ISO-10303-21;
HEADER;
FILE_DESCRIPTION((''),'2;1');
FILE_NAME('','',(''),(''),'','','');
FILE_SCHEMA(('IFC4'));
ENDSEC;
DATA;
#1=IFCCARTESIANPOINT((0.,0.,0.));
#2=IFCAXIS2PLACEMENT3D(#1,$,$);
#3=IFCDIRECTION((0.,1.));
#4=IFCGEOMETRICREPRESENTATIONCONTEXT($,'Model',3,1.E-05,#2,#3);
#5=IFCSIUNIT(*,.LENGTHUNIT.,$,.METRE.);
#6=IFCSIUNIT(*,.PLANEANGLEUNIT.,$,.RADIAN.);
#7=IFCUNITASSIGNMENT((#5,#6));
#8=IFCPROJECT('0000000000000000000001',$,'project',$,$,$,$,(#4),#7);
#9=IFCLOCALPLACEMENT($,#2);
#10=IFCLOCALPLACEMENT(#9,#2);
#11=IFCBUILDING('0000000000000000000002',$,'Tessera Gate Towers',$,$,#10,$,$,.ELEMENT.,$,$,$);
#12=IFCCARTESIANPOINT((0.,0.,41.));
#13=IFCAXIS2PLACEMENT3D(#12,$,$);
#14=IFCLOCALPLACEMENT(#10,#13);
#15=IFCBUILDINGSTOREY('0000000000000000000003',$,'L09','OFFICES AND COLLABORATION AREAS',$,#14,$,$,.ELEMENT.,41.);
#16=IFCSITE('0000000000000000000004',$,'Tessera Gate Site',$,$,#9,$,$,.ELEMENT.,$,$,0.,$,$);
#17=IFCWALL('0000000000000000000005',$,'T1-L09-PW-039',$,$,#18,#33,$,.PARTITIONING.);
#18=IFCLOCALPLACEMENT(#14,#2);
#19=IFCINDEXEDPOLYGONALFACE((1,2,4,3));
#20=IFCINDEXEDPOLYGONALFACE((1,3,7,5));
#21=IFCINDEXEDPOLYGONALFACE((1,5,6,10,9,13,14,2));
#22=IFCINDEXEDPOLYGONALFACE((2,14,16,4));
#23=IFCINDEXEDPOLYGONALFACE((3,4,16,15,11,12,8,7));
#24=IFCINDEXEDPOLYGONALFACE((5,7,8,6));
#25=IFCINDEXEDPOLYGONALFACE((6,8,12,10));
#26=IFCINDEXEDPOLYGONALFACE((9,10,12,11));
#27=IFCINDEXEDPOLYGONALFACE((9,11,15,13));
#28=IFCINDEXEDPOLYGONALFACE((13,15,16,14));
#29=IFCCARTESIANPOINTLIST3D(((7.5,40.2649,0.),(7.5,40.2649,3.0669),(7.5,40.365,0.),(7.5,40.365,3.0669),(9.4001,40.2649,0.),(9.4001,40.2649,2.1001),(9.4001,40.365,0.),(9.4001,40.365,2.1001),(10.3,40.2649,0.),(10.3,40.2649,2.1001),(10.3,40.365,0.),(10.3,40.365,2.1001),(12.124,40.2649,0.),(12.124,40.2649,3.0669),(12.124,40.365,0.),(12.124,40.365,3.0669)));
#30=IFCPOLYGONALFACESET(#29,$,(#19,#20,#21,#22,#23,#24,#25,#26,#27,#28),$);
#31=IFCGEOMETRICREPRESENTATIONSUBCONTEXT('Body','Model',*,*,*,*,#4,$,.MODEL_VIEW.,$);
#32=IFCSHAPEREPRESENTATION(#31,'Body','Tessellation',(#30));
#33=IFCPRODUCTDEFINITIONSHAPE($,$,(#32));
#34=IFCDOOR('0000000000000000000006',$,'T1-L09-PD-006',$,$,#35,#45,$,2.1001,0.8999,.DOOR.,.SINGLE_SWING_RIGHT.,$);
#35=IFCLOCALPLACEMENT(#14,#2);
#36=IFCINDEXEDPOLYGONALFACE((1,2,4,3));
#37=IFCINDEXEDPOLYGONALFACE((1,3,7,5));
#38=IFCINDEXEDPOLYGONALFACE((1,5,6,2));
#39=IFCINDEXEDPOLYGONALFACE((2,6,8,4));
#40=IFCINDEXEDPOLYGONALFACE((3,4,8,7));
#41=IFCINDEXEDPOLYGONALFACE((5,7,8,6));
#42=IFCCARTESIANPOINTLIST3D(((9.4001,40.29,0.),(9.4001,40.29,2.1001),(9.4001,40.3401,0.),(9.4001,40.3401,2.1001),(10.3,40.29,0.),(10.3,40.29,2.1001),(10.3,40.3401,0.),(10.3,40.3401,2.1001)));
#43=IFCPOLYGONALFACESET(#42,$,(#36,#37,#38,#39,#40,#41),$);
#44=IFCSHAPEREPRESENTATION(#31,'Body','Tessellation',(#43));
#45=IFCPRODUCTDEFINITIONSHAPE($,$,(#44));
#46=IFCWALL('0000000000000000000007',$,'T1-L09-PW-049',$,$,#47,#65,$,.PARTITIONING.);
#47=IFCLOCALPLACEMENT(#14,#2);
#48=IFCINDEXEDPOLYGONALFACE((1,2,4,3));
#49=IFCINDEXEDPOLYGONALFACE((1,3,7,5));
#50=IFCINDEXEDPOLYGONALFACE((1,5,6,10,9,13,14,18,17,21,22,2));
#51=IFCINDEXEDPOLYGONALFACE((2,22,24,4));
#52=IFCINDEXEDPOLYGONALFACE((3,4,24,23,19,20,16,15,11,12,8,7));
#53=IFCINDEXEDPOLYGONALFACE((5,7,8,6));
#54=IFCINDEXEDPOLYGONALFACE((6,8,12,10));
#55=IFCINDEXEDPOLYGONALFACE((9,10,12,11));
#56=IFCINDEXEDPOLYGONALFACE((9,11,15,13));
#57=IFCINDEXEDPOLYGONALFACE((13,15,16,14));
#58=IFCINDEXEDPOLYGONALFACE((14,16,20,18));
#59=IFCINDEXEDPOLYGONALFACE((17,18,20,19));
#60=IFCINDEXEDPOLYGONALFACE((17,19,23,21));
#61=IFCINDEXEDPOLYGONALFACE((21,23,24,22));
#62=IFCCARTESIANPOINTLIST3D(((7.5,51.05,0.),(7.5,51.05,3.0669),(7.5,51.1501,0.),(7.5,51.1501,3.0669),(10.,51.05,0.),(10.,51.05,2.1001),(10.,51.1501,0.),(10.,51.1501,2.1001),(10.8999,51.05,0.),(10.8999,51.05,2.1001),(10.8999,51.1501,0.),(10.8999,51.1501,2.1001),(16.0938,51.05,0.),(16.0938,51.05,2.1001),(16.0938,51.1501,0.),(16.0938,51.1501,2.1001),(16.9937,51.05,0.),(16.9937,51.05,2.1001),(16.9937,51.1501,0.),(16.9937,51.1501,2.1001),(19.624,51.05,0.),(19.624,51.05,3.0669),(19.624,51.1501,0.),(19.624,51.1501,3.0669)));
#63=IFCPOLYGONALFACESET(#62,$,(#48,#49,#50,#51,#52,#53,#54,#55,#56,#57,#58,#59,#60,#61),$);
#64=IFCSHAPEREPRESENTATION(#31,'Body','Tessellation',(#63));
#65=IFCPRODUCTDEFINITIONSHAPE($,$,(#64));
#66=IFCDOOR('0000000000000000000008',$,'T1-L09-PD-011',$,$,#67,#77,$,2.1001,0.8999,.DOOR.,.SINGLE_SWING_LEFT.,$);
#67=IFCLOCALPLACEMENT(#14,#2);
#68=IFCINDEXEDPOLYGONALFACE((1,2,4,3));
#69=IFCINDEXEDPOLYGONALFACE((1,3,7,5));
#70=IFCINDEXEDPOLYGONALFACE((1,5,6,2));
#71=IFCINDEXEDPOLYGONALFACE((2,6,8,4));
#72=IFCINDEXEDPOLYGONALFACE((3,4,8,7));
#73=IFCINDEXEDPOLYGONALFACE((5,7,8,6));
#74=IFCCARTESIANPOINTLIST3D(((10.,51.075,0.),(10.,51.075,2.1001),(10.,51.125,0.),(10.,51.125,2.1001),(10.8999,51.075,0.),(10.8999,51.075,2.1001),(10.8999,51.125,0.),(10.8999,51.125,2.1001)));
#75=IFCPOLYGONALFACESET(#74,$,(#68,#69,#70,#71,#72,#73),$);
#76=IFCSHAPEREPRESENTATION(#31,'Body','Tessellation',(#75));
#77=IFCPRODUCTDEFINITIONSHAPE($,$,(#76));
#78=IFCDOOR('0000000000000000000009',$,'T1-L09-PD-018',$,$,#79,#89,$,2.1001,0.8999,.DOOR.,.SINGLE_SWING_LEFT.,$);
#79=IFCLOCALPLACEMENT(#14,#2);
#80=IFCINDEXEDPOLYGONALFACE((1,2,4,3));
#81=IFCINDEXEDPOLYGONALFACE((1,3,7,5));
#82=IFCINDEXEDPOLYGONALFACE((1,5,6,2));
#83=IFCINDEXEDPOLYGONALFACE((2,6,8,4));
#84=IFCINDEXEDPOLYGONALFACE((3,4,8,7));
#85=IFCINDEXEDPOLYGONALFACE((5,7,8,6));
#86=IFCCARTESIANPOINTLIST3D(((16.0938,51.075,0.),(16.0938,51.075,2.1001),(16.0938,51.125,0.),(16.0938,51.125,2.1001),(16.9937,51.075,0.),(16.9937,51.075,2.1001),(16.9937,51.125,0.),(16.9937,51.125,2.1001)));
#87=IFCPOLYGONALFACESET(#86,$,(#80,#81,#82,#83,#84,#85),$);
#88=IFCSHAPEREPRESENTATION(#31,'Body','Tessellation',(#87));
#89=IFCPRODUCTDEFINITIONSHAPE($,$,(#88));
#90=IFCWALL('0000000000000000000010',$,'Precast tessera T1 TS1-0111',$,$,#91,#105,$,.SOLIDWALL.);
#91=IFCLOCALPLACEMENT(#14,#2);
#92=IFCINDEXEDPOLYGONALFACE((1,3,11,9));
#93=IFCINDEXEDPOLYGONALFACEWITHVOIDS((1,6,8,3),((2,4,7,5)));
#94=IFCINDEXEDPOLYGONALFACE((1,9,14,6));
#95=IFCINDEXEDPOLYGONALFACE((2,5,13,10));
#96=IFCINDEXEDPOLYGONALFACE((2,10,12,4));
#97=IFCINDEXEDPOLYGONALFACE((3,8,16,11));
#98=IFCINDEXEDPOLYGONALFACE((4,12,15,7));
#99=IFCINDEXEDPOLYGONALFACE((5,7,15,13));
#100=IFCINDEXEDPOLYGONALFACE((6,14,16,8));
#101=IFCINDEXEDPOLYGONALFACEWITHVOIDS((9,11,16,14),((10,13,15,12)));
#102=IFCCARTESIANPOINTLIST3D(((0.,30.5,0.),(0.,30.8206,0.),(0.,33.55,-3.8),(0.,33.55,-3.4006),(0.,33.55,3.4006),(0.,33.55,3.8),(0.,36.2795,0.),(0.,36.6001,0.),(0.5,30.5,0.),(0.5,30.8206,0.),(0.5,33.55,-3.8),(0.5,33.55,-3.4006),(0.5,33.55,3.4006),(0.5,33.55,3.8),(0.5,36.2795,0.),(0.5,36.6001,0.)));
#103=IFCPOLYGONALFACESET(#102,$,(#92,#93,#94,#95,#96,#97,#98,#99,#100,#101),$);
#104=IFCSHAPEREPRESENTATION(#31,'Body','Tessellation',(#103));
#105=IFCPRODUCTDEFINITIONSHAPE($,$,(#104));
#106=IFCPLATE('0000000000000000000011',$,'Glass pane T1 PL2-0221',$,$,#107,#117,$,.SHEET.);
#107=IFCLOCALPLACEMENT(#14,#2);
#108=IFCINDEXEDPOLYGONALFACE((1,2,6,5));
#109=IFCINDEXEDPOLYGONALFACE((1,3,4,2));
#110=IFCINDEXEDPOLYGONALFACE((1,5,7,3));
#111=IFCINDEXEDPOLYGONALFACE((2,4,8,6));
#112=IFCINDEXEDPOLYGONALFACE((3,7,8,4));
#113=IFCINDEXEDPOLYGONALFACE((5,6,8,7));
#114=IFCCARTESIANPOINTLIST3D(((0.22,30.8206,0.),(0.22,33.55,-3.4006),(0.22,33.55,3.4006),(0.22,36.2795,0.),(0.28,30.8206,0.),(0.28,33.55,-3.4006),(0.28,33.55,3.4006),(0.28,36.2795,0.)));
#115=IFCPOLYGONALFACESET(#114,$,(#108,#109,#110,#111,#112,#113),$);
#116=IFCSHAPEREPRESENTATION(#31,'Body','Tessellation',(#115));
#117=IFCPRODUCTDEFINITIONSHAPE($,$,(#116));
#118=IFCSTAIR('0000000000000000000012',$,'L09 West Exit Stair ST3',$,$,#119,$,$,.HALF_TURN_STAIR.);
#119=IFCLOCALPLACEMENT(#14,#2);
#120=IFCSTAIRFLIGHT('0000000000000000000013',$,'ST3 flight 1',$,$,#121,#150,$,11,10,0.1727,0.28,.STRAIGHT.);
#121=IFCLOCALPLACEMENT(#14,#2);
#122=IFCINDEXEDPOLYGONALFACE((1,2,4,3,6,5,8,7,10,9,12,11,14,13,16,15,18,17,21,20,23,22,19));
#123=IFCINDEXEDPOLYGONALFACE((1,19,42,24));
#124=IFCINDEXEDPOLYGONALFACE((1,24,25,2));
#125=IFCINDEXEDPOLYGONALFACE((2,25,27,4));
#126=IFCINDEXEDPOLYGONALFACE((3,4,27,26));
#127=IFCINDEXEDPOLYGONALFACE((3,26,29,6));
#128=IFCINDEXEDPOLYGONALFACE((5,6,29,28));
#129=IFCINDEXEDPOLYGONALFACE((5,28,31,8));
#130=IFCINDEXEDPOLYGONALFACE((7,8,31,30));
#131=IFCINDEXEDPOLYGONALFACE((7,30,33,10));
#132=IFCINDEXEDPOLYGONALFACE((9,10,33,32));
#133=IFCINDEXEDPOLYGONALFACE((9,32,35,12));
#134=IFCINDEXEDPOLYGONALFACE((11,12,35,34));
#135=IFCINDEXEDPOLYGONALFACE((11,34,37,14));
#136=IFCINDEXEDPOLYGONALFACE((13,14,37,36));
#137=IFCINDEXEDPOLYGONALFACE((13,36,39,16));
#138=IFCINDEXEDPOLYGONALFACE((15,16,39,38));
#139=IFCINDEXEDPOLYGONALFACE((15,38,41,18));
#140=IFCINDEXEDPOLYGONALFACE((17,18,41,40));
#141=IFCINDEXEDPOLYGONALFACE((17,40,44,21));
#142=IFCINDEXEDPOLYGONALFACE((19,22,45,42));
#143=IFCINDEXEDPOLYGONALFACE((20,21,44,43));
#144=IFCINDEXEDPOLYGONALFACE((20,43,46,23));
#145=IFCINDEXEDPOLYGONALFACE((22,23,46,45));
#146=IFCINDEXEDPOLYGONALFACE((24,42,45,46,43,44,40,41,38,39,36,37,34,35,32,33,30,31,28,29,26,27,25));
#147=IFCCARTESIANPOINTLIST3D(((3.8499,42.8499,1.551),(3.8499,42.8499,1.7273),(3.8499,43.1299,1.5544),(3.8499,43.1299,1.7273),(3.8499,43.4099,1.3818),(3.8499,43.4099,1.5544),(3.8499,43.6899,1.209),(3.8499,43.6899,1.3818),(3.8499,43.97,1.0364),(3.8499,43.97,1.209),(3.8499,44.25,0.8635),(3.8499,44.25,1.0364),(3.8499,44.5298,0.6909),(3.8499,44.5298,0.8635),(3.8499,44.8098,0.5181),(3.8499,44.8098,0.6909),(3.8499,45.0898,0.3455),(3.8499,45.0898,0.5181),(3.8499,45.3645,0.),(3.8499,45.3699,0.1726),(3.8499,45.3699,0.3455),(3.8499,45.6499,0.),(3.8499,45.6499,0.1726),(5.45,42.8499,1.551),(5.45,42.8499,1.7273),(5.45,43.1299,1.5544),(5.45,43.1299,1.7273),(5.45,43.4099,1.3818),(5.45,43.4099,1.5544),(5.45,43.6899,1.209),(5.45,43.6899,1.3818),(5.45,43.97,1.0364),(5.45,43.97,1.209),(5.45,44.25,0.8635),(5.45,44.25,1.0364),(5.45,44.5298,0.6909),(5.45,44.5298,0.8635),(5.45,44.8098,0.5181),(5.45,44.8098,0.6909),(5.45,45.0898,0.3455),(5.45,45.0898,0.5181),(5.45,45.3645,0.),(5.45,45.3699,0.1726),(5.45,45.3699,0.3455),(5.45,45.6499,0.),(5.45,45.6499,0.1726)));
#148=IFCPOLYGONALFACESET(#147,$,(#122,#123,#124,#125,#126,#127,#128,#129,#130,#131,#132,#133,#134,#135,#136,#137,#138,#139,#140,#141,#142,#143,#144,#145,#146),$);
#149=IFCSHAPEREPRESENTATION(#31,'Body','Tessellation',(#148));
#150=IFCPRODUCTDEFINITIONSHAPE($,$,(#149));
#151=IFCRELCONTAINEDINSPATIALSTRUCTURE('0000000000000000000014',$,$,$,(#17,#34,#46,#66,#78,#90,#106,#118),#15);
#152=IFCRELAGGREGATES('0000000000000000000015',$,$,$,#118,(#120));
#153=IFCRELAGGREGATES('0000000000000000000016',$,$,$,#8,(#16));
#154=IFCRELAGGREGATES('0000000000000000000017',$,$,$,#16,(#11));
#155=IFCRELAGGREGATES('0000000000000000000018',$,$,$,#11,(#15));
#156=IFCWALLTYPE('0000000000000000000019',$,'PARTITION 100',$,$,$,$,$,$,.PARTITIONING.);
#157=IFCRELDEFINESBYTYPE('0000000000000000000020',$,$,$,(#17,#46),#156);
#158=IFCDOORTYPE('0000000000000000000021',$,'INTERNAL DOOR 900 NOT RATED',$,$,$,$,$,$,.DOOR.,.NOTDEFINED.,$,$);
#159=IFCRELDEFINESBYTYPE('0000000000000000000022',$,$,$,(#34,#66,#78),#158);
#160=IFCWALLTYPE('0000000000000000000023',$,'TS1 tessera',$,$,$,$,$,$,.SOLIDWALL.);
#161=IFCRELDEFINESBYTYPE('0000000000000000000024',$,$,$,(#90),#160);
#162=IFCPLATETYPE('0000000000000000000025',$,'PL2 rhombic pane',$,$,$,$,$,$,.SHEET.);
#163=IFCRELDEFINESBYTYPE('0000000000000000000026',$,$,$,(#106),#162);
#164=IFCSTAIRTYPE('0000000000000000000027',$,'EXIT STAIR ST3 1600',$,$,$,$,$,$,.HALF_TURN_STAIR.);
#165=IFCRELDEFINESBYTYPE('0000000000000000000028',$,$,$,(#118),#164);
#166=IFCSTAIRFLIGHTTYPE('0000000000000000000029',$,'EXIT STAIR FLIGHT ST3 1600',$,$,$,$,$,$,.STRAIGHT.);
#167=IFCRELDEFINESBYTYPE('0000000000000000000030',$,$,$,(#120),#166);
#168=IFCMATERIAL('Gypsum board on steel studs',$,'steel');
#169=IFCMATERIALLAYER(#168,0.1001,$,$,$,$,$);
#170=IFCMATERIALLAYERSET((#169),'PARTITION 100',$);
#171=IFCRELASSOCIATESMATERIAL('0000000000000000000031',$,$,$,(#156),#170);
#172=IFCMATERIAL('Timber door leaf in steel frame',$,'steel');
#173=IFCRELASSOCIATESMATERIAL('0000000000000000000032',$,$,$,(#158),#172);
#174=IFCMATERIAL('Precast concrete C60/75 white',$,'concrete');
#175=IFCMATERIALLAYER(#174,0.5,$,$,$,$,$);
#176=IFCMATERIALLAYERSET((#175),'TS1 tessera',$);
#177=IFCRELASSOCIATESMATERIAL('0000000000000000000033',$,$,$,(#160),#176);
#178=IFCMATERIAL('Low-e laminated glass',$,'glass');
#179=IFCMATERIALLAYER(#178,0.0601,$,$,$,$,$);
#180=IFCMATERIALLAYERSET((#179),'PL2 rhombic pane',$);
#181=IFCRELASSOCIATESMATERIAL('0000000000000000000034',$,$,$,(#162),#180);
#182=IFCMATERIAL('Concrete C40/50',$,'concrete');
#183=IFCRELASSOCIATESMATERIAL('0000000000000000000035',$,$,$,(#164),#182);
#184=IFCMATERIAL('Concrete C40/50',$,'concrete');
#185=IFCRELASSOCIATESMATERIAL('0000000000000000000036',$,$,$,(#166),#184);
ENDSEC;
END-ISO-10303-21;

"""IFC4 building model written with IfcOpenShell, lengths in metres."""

from ifc_helpers import new_model, si_unit, direction, frame, frame_2d, origin, place, context, subcontext, project, spatial, polyline, rectangle, outline, extrude, source, transform, mapped, material, layer, layer_set, type_object, element, fill, aggregate, save


model = new_model("IFC4")

# Units and contexts
model_context = context("Model", 3, precision=1e-05, world=origin(), true_north=direction((0.0, 1.0)))
body_context = subcontext(model_context, "Body", "Model", "MODEL_VIEW")
ifc_project = project(units=[si_unit("LENGTHUNIT", "METRE"), si_unit("PLANEANGLEUNIT", "RADIAN")], contexts=[model_context])

# Site, building, storey
site_placement = place(None, origin())
site = spatial("IfcSite", under=ifc_project, at=site_placement, Name="Tessera Gate Site", CompositionType="ELEMENT", RefElevation=0.0)
building_placement = place(site_placement, origin())
building = spatial("IfcBuilding", under=site, at=building_placement, Name="Tessera Gate Towers", CompositionType="ELEMENT")
storey_placement = place(building_placement, frame((0.0, 0.0, 41.0)))
storey = spatial("IfcBuildingStorey", under=building, at=storey_placement, Name="L09", Description="OFFICES AND COLLABORATION AREAS", CompositionType="ELEMENT", Elevation=41.0)

# Shared definitions
shared_shape_1 = source(origin(), body_context, "Body", "SweptSolid", [
    extrude(rectangle(XDim=0.8999, YDim=2.1001, at=frame_2d((0.45, 1.05))), frame((0.0, 0.0249, 0.0), z_axis=(0.0, -1.0, 0.0), x_axis=(1.0, 0.0, 0.0)), (0.0, 0.0, 1.0), 0.05),
])

# Wall, opening, door
ifc_material_1 = material(Name="Gypsum board on steel studs", Category="steel")
ifc_layer_1 = layer(ifc_material_1, 0.1001)
ifc_layer_set_1 = layer_set([ifc_layer_1], Name="PARTITION 100")
wall_type_1 = type_object("IfcWallType", Name="PARTITION 100", PredefinedType="PARTITIONING", material=ifc_layer_set_1)
wall_1_placement = place(storey_placement, frame((12.124, 40.3149, 0.0), z_axis=(0.0, 0.0, 1.0), x_axis=(-1.0, 0.0, 0.0)))
wall_1 = element("IfcWall", 1, at=wall_1_placement, inside=storey, type_object=wall_type_1, Name="T1-L09-PW-039", PredefinedType="PARTITIONING", context=body_context, shape_type="SweptSolid", body=[
    extrude(rectangle(XDim=4.624, YDim=0.1001, at=frame_2d((2.312, 0.0))), origin(), (0.0, 0.0, 1.0), 3.0669),
])
shared_shape_2 = source(origin(), body_context, "Body", "SweptSolid", [
    extrude(rectangle(XDim=0.8999, YDim=2.1001, at=frame_2d((0.45, 1.05))), frame((0.0, 0.0601, 0.0), z_axis=(0.0, -1.0, 0.0), x_axis=(1.0, 0.0, 0.0)), (0.0, 0.0, 1.0), 0.1201),
])
opening_1_placement = place(wall_1_placement, frame((1.824, 0.0, 0.0)))
opening_1 = element("IfcOpeningElement", 2, at=opening_1_placement, cuts=wall_1, PredefinedType="OPENING", context=body_context, shape_type="MappedRepresentation", body=[
    mapped(shared_shape_2, transform((0.0, 0.0, 0.0), scale=1.0)),
])
ifc_material_2 = material(Name="Timber door leaf in steel frame", Category="steel")
door_type_1 = type_object("IfcDoorType", Name="INTERNAL DOOR 900 NOT RATED", OperationType="NOTDEFINED", PredefinedType="DOOR", material=ifc_material_2)
door_1_placement = place(opening_1_placement, origin())
door_1 = element("IfcDoor", 3, at=door_1_placement, inside=storey, type_object=door_type_1, Name="T1-L09-PD-006", OperationType="SINGLE_SWING_RIGHT", OverallHeight=2.1001, OverallWidth=0.8999, PredefinedType="DOOR", context=body_context, shape_type="MappedRepresentation", body=[
    mapped(shared_shape_1, transform((0.0, 0.0, 0.0), scale=1.0)),
])
fill(opening_1, door_1)

# Wall, openings, doors
wall_2_placement = place(storey_placement, frame((7.5, 51.1001, 0.0), z_axis=(0.0, 0.0, 1.0), x_axis=(1.0, 0.0, 0.0)))
wall_2 = element("IfcWall", 4, at=wall_2_placement, inside=storey, type_object=wall_type_1, Name="T1-L09-PW-049", PredefinedType="PARTITIONING", context=body_context, shape_type="SweptSolid", body=[
    extrude(rectangle(XDim=12.124, YDim=0.1001, at=frame_2d((6.062, 0.0))), origin(), (0.0, 0.0, 1.0), 3.0669),
])
opening_2_placement = place(wall_2_placement, frame((2.5, 0.0, 0.0)))
opening_2 = element("IfcOpeningElement", 5, at=opening_2_placement, cuts=wall_2, PredefinedType="OPENING", context=body_context, shape_type="MappedRepresentation", body=[
    mapped(shared_shape_2, transform((0.0, 0.0, 0.0), scale=1.0)),
])
opening_3_placement = place(wall_2_placement, frame((8.5938, 0.0, 0.0)))
opening_3 = element("IfcOpeningElement", 6, at=opening_3_placement, cuts=wall_2, PredefinedType="OPENING", context=body_context, shape_type="MappedRepresentation", body=[
    mapped(shared_shape_2, transform((0.0, 0.0, 0.0), scale=1.0)),
])
door_2_placement = place(opening_2_placement, origin())
door_2 = element("IfcDoor", 7, at=door_2_placement, inside=storey, type_object=door_type_1, Name="T1-L09-PD-011", OperationType="SINGLE_SWING_LEFT", OverallHeight=2.1001, OverallWidth=0.8999, PredefinedType="DOOR", context=body_context, shape_type="MappedRepresentation", body=[
    mapped(shared_shape_1, transform((0.0, 0.0, 0.0), scale=1.0)),
])
fill(opening_2, door_2)
door_3_placement = place(opening_3_placement, origin())
door_3 = element("IfcDoor", 8, at=door_3_placement, inside=storey, type_object=door_type_1, Name="T1-L09-PD-018", OperationType="SINGLE_SWING_LEFT", OverallHeight=2.1001, OverallWidth=0.8999, PredefinedType="DOOR", context=body_context, shape_type="MappedRepresentation", body=[
    mapped(shared_shape_1, transform((0.0, 0.0, 0.0), scale=1.0)),
])
fill(opening_3, door_3)

# Wall, opening, plate
ifc_material_3 = material(Name="Precast concrete C60/75 white", Category="concrete")
ifc_layer_2 = layer(ifc_material_3, 0.5)
ifc_layer_set_2 = layer_set([ifc_layer_2], Name="TS1 tessera")
wall_type_2 = type_object("IfcWallType", Name="TS1 tessera", PredefinedType="SOLIDWALL", material=ifc_layer_set_2)
shared_shape_3 = source(origin(), body_context, "Body", "SweptSolid", [
    extrude(outline(polyline([(3.05, 0.0), (6.1001, 3.8), (3.05, 7.6001), (0.0, 3.8), (3.05, 0.0)])), frame((0.0, 0.25, 0.0), z_axis=(0.0, -1.0, 0.0), x_axis=(1.0, 0.0, 0.0)), (0.0, 0.0, 1.0), 0.5),
])
wall_3_placement = place(storey_placement, frame((0.25, 36.6001, -3.8), z_axis=(0.0, 0.0, 1.0), x_axis=(0.0, -1.0, 0.0)))
wall_3 = element("IfcWall", 9, at=wall_3_placement, inside=storey, type_object=wall_type_2, Name="Precast tessera T1 TS1-0111", PredefinedType="SOLIDWALL", context=body_context, shape_type="MappedRepresentation", body=[
    mapped(shared_shape_3, transform((0.0, 0.0, 0.0), scale=1.0)),
])
shared_shape_4 = source(origin(), body_context, "Body", "SweptSolid", [
    extrude(outline(polyline([(3.05, 0.3994), (5.7795, 3.8), (3.05, 7.2007), (0.3206, 3.8), (3.05, 0.3994)])), frame((0.0, 0.26, 0.0), z_axis=(0.0, -1.0, 0.0), x_axis=(1.0, 0.0, 0.0)), (0.0, 0.0, 1.0), 0.52),
])
opening_4_placement = place(wall_3_placement, origin())
opening_4 = element("IfcOpeningElement", 10, at=opening_4_placement, cuts=wall_3, PredefinedType="OPENING", context=body_context, shape_type="MappedRepresentation", body=[
    mapped(shared_shape_4, transform((0.0, 0.0, 0.0), scale=1.0)),
])
ifc_material_4 = material(Name="Low-e laminated glass", Category="glass")
ifc_layer_3 = layer(ifc_material_4, 0.0601)
ifc_layer_set_3 = layer_set([ifc_layer_3], Name="PL2 rhombic pane")
plate_type = type_object("IfcPlateType", Name="PL2 rhombic pane", PredefinedType="SHEET", material=ifc_layer_set_3)
shared_shape_5 = source(origin(), body_context, "Body", "SweptSolid", [
    extrude(outline(polyline([(3.05, 0.3994), (5.7795, 3.8), (3.05, 7.2007), (0.3206, 3.8), (3.05, 0.3994)])), frame((0.0, 0.03, 0.0), z_axis=(0.0, -1.0, 0.0), x_axis=(1.0, 0.0, 0.0)), (0.0, 0.0, 1.0), 0.0601),
])
plate_placement = place(opening_4_placement, origin())
plate = element("IfcPlate", 11, at=plate_placement, inside=storey, type_object=plate_type, Name="Glass pane T1 PL2-0221", PredefinedType="SHEET", context=body_context, shape_type="MappedRepresentation", body=[
    mapped(shared_shape_5, transform((0.0, 0.0, 0.0), scale=1.0)),
])
fill(opening_4, plate)

# Stair, stair flight
ifc_material_5 = material(Name="Concrete C40/50", Category="concrete")
stair_type = type_object("IfcStairType", Name="EXIT STAIR ST3 1600", PredefinedType="HALF_TURN_STAIR", material=ifc_material_5)
stair_placement = place(storey_placement, origin())
stair = element("IfcStair", 12, at=stair_placement, inside=storey, type_object=stair_type, Name="L09 West Exit Stair ST3", PredefinedType="HALF_TURN_STAIR")
ifc_material_6 = material(Name="Concrete C40/50", Category="concrete")
stair_flight_type = type_object("IfcStairFlightType", Name="EXIT STAIR FLIGHT ST3 1600", PredefinedType="STRAIGHT", material=ifc_material_6)
stair_flight_1_placement = place(storey_placement, frame((4.6499, 45.6499, 0.0), z_axis=(0.0, 0.0, 1.0), x_axis=(0.0, -1.0, 0.0)))
stair_flight_1 = element("IfcStairFlight", 13, at=stair_flight_1_placement, type_object=stair_flight_type, Name="ST3 flight 1", NumberOfRisers=11, NumberOfTreads=10, PredefinedType="STRAIGHT", RiserHeight=0.1727, TreadLength=0.28, context=body_context, shape_type="SweptSolid", body=[
    extrude(outline(polyline([(0.0, 0.0), (0.0, 0.1726), (0.28, 0.1726), (0.28, 0.3455), (0.5601, 0.3455), (0.5601, 0.5181), (0.8401, 0.5181), (0.8401, 0.6909), (1.1201, 0.6909), (1.1201, 0.8635), (1.3999, 0.8635), (1.3999, 1.0364), (1.6799, 1.0364), (1.6799, 1.209), (1.96, 1.209), (1.96, 1.3818), (2.24, 1.3818), (2.24, 1.5544), (2.52, 1.5544), (2.52, 1.7273), (2.8, 1.7273), (2.8, 1.8999), (2.8, 1.551), (0.2854, 0.0), (0.0, 0.0)])), frame((0.0, 0.8, 0.0), z_axis=(0.0, -1.0, 0.0), x_axis=(1.0, 0.0, 0.0)), (0.0, 0.0, 1.0), 1.6001),
])
aggregate(stair, [stair_flight_1])

save(model, "model.ifc")
